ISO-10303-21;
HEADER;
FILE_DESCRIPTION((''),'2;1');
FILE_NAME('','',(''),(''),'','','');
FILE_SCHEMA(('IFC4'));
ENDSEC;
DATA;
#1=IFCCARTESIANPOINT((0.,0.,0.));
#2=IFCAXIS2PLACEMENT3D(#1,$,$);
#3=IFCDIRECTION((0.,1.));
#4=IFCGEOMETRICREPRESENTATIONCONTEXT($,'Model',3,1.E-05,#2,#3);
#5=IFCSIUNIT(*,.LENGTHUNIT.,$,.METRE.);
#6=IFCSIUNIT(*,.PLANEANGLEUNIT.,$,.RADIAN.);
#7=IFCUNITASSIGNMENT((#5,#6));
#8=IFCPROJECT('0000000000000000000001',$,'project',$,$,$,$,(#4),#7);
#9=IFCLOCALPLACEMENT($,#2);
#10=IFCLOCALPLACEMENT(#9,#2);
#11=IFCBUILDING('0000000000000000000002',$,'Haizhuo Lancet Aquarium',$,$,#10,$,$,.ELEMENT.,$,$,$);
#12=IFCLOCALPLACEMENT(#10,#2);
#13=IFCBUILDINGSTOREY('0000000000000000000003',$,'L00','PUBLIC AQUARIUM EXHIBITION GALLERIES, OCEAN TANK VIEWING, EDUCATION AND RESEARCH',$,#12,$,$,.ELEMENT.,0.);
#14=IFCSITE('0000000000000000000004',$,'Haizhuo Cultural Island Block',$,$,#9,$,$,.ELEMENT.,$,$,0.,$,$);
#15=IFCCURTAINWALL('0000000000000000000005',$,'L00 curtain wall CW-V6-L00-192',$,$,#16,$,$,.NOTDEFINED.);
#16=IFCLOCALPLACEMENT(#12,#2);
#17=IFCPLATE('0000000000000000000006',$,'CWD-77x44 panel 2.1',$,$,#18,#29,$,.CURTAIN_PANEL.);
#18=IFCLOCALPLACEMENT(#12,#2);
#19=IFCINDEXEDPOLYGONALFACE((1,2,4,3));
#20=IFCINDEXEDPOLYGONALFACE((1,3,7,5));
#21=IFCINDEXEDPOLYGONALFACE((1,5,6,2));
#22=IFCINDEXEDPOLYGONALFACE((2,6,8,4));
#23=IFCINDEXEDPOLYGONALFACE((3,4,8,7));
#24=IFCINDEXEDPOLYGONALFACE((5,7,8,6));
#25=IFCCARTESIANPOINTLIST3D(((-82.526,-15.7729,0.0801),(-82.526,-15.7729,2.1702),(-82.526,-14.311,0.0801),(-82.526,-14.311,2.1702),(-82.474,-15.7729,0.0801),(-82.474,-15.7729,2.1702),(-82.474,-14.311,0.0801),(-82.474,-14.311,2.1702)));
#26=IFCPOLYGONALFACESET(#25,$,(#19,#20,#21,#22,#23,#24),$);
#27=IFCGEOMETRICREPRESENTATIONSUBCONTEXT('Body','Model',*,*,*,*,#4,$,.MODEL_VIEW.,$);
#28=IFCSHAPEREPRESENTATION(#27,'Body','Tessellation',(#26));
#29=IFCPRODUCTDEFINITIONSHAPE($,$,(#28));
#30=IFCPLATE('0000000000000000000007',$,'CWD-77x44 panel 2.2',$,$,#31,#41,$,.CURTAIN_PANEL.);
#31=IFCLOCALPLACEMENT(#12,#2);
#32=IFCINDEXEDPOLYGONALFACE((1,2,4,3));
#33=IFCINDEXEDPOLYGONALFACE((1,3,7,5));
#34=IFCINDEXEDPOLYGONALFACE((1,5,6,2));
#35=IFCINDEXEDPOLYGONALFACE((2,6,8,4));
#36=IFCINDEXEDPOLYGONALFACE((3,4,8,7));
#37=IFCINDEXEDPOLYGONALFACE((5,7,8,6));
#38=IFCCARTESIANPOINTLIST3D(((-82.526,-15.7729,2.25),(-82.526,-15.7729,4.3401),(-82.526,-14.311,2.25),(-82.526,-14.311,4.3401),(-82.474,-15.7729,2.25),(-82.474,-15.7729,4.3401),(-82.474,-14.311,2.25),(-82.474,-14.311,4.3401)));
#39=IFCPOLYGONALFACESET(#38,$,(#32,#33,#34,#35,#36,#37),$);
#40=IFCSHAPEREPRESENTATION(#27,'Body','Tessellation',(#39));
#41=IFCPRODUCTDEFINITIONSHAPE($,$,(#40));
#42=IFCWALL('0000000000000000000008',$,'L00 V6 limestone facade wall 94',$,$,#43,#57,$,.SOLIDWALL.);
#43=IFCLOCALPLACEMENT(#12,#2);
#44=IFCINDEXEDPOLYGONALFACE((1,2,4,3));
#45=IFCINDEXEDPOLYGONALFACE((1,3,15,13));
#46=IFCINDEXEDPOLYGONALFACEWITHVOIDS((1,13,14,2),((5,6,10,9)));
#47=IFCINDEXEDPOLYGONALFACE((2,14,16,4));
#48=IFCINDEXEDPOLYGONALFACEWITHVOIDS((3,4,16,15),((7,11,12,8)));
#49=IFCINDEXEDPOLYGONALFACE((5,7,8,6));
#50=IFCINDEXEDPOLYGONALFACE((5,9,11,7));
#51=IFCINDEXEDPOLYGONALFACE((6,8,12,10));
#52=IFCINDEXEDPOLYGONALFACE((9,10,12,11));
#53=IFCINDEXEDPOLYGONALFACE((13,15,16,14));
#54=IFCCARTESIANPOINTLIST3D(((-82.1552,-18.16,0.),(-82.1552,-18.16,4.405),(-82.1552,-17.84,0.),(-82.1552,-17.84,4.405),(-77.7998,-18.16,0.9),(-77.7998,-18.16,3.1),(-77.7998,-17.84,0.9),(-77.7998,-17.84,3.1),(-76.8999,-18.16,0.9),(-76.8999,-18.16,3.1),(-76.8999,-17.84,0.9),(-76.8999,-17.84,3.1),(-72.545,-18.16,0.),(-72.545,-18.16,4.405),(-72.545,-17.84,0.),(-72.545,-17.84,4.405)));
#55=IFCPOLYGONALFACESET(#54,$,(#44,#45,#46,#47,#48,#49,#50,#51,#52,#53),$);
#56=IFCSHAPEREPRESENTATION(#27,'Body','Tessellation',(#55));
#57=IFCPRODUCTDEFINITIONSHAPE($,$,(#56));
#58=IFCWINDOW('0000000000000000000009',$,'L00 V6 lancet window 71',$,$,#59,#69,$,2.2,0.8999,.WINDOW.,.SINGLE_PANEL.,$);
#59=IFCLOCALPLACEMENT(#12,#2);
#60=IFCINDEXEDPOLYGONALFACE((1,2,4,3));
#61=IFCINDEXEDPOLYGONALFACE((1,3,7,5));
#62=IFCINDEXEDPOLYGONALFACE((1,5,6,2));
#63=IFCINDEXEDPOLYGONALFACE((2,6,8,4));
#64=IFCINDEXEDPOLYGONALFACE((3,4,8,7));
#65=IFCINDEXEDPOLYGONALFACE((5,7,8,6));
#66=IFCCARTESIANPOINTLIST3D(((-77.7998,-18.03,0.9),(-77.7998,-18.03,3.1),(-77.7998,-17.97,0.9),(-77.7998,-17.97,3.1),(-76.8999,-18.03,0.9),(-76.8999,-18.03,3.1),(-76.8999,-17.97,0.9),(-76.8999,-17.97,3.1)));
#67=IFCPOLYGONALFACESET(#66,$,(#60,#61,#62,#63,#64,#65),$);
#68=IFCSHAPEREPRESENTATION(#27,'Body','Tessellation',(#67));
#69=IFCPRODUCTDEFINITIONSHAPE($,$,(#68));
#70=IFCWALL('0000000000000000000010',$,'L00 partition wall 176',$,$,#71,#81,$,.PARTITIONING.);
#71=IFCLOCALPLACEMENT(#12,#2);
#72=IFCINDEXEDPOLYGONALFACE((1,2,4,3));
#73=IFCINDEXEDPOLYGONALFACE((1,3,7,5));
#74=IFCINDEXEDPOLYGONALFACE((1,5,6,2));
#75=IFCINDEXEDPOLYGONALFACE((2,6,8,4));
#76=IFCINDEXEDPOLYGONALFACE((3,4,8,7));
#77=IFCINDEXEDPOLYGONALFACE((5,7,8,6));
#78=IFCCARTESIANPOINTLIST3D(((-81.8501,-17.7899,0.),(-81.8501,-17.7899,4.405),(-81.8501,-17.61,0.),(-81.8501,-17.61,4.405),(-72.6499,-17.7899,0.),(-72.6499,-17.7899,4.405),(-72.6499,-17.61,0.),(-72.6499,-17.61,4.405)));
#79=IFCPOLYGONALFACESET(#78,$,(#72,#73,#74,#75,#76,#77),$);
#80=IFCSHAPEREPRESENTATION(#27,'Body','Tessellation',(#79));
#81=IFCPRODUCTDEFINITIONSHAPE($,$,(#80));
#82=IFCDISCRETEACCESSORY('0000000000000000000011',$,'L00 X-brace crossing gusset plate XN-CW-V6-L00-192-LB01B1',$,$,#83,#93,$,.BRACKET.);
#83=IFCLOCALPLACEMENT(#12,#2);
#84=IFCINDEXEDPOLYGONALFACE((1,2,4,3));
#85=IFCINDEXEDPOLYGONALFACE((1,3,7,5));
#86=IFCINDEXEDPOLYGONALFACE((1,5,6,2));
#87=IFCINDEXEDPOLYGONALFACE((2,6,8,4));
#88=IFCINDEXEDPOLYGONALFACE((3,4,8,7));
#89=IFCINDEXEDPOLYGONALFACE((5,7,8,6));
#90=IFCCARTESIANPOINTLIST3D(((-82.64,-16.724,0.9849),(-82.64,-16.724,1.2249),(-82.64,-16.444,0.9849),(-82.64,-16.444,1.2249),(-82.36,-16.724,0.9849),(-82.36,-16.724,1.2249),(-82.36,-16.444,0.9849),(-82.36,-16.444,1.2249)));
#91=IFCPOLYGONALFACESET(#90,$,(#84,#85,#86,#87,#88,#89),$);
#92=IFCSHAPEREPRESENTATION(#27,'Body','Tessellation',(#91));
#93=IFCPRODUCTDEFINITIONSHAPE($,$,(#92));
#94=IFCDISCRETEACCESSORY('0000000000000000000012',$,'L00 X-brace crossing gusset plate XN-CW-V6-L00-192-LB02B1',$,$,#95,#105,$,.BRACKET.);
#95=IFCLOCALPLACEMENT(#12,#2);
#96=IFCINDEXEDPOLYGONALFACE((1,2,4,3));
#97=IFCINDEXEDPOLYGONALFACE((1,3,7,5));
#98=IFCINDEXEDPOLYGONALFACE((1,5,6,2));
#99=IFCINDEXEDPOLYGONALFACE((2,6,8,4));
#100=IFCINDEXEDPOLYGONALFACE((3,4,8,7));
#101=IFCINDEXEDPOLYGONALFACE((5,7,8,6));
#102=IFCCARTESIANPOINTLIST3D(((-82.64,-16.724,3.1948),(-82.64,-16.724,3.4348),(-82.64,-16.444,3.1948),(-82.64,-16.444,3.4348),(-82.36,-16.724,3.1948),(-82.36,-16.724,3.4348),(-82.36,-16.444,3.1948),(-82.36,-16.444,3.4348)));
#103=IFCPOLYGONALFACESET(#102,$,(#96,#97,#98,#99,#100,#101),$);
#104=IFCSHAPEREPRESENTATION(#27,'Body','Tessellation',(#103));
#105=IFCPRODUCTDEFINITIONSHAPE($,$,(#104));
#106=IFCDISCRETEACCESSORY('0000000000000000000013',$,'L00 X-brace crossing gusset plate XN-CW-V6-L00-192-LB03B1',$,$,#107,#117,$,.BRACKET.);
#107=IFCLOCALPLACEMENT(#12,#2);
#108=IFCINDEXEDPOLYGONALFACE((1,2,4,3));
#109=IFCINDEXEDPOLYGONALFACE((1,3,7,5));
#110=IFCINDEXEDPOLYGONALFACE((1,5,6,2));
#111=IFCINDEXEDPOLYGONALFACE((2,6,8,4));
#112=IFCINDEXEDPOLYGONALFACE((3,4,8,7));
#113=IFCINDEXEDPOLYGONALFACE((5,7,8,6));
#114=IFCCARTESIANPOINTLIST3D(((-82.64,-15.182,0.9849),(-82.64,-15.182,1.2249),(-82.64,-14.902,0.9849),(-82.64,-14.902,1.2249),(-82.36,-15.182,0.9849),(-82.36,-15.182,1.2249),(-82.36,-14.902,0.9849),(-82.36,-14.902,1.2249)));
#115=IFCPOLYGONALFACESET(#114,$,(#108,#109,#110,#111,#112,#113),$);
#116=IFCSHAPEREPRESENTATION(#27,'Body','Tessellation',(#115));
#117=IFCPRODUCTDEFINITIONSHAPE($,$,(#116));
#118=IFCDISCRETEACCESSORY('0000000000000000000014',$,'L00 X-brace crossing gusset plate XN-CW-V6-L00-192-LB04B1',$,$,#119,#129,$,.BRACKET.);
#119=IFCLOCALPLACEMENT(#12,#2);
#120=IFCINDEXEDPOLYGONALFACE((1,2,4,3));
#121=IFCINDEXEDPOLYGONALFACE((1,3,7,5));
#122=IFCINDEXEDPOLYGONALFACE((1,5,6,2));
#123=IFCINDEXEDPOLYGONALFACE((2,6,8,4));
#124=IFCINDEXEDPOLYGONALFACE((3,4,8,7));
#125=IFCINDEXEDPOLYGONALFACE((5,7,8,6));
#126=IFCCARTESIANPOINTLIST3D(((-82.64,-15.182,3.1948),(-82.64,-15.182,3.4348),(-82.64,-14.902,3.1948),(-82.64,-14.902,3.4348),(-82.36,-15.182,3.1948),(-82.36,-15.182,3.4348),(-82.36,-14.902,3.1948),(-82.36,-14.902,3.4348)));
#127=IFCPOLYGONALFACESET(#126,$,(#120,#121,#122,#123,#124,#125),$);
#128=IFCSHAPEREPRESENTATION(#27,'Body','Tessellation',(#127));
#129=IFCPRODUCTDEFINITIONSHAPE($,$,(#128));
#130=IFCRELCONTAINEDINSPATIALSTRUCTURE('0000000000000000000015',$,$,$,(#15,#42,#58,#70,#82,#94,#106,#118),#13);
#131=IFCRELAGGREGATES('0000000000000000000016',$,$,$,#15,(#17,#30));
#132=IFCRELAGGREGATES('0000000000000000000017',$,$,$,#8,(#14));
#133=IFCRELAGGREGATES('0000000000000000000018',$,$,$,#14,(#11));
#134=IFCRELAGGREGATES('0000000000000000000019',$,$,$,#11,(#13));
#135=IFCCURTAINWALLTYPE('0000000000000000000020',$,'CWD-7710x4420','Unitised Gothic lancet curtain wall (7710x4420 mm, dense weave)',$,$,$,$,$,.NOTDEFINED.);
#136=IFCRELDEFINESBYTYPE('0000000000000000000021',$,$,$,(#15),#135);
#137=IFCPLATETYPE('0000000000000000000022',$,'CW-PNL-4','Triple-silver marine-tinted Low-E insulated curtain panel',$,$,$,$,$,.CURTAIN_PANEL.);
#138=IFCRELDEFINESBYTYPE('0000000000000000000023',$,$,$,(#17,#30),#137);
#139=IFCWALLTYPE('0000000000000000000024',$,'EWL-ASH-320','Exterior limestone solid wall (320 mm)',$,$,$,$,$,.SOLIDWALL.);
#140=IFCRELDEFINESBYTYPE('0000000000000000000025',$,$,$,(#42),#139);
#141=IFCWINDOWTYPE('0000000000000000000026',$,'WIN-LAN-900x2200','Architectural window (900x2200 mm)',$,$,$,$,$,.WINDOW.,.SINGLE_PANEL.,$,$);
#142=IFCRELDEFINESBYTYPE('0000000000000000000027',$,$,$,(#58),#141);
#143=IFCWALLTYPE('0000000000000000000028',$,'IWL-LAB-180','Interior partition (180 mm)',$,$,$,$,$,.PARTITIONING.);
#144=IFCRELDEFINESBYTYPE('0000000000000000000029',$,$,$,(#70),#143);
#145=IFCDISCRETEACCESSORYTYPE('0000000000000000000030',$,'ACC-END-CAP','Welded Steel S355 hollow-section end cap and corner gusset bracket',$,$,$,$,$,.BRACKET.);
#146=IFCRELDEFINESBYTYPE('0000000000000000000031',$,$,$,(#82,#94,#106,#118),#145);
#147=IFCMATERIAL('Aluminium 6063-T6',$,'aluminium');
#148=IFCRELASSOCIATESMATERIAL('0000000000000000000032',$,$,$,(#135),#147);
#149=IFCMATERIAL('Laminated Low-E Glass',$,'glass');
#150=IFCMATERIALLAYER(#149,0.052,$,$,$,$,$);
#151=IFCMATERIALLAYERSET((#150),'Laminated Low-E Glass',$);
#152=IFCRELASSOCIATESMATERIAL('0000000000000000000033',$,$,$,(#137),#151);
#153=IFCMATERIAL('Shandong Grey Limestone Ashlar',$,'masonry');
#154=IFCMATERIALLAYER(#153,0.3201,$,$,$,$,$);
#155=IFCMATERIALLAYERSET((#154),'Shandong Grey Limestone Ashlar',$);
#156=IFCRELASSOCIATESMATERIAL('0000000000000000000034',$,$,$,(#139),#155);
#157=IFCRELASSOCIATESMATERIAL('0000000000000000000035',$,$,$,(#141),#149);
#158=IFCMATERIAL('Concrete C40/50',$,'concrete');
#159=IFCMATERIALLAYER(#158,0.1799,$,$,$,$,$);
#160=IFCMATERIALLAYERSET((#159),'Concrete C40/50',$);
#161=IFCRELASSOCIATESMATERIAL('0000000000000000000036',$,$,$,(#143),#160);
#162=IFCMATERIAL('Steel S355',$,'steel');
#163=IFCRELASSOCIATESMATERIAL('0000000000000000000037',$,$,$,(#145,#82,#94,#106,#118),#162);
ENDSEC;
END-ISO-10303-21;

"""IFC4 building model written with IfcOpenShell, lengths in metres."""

from ifc_helpers import new_model, si_unit, direction, frame, frame_2d, origin, origin_2d, place, context, subcontext, project, spatial, rectangle, extrude, material, layer, layer_set, type_object, element, fill, aggregate, save


model = new_model("IFC4")

# Units and contexts
model_context = context("Model", 3, precision=1e-05, world=origin(), true_north=direction((0.0, 1.0)))
body_context = subcontext(model_context, "Body", "Model", "MODEL_VIEW")
ifc_project = project(units=[si_unit("LENGTHUNIT", "METRE"), si_unit("PLANEANGLEUNIT", "RADIAN")], contexts=[model_context])

# Site, building, storey
site_placement = place(None, origin())
site = spatial("IfcSite", under=ifc_project, at=site_placement, Name="Haizhuo Cultural Island Block", CompositionType="ELEMENT", RefElevation=0.0)
building_placement = place(site_placement, origin())
building = spatial("IfcBuilding", under=site, at=building_placement, Name="Haizhuo Lancet Aquarium", CompositionType="ELEMENT")
storey_placement = place(building_placement, origin())
storey = spatial("IfcBuildingStorey", under=building, at=storey_placement, Name="L00", Description="PUBLIC AQUARIUM EXHIBITION GALLERIES, OCEAN TANK VIEWING, EDUCATION AND RESEARCH", CompositionType="ELEMENT", Elevation=0.0)

# Shared definitions
ifc_material_1 = material(Name="Steel S355", Category="steel")

# Curtain wall
ifc_material_2 = material(Name="Aluminium 6063-T6", Category="aluminium")
curtain_wall_type = type_object("IfcCurtainWallType", Name="CWD-7710x4420", Description="Unitised Gothic lancet curtain wall (7710x4420 mm, dense weave)", PredefinedType="NOTDEFINED", material=ifc_material_2)
curtain_wall_placement = place(storey_placement, origin())
curtain_wall = element("IfcCurtainWall", 1, at=curtain_wall_placement, inside=storey, type_object=curtain_wall_type, Name="L00 curtain wall CW-V6-L00-192", PredefinedType="NOTDEFINED")

# Plates
ifc_material_3 = material(Name="Laminated Low-E Glass", Category="glass")
ifc_layer_1 = layer(ifc_material_3, 0.052)
ifc_layer_set_1 = layer_set([ifc_layer_1], Name="Laminated Low-E Glass")
plate_type = type_object("IfcPlateType", Name="CW-PNL-4", Description="Triple-silver marine-tinted Low-E insulated curtain panel", PredefinedType="CURTAIN_PANEL", material=ifc_layer_set_1)
plate_1_placement = place(storey_placement, frame((-82.5, -15.042, 0.0801), z_axis=(0.0, 0.0, 1.0), x_axis=(0.0, 1.0, 0.0)))
plate_1 = element("IfcPlate", 2, at=plate_1_placement, type_object=plate_type, Name="CWD-77x44 panel 2.1", PredefinedType="CURTAIN_PANEL", context=body_context, shape_type="SweptSolid", body=[
    extrude(rectangle(XDim=1.4619, YDim=0.052, at=origin_2d()), origin(), (0.0, 0.0, 1.0), 2.0901),
])
plate_2_placement = place(storey_placement, frame((-82.5, -15.042, 2.25), z_axis=(0.0, 0.0, 1.0), x_axis=(0.0, 1.0, 0.0)))
plate_2 = element("IfcPlate", 3, at=plate_2_placement, type_object=plate_type, Name="CWD-77x44 panel 2.2", PredefinedType="CURTAIN_PANEL", context=body_context, shape_type="SweptSolid", body=[
    extrude(rectangle(XDim=1.4619, YDim=0.052, at=origin_2d()), origin(), (0.0, 0.0, 1.0), 2.0901),
])
aggregate(curtain_wall, [plate_1, plate_2])

# Wall, opening, window
ifc_material_4 = material(Name="Shandong Grey Limestone Ashlar", Category="masonry")
ifc_layer_2 = layer(ifc_material_4, 0.3201)
ifc_layer_set_2 = layer_set([ifc_layer_2], Name="Shandong Grey Limestone Ashlar")
wall_type_1 = type_object("IfcWallType", Name="EWL-ASH-320", Description="Exterior limestone solid wall (320 mm)", PredefinedType="SOLIDWALL", material=ifc_layer_set_2)
wall_1_placement = place(storey_placement, frame((-72.5449, -18.0, 0.0), z_axis=(0.0, 0.0, 1.0), x_axis=(-1.0, 0.0, 0.0)))
wall_1 = element("IfcWall", 4, at=wall_1_placement, inside=storey, type_object=wall_type_1, Name="L00 V6 limestone facade wall 94", PredefinedType="SOLIDWALL", context=body_context, shape_type="SweptSolid", body=[
    extrude(rectangle(XDim=9.6101, YDim=0.3201, at=frame_2d((4.8052, 0.0))), origin(), (0.0, 0.0, 1.0), 4.405),
])
opening_placement = place(wall_1_placement, frame((4.355, 0.0, 0.8999)))
opening = element("IfcOpeningElement", 5, at=opening_placement, cuts=wall_1, PredefinedType="OPENING", context=body_context, shape_type="SweptSolid", body=[
    extrude(rectangle(XDim=0.8999, YDim=2.2, at=frame_2d((0.45, 1.1001))), frame((0.0, 0.1699, 0.0), z_axis=(0.0, -1.0, 0.0), x_axis=(1.0, 0.0, 0.0)), (0.0, 0.0, 1.0), 0.3401),
])
window_type = type_object("IfcWindowType", Name="WIN-LAN-900x2200", Description="Architectural window (900x2200 mm)", PartitioningType="SINGLE_PANEL", PredefinedType="WINDOW", material=ifc_material_3)
window_placement = place(opening_placement, origin())
window = element("IfcWindow", 6, at=window_placement, inside=storey, type_object=window_type, Name="L00 V6 lancet window 71", OverallHeight=2.2, OverallWidth=0.8999, PartitioningType="SINGLE_PANEL", PredefinedType="WINDOW", context=body_context, shape_type="SweptSolid", body=[
    extrude(rectangle(XDim=0.8999, YDim=2.2, at=frame_2d((0.45, 1.1001))), frame((0.0, 0.03, 0.0), z_axis=(0.0, -1.0, 0.0), x_axis=(1.0, 0.0, 0.0)), (0.0, 0.0, 1.0), 0.0601),
])
fill(opening, window)

# Wall
ifc_material_5 = material(Name="Concrete C40/50", Category="concrete")
ifc_layer_3 = layer(ifc_material_5, 0.1799)
ifc_layer_set_3 = layer_set([ifc_layer_3], Name="Concrete C40/50")
wall_type_2 = type_object("IfcWallType", Name="IWL-LAB-180", Description="Interior partition (180 mm)", PredefinedType="PARTITIONING", material=ifc_layer_set_3)
wall_2_placement = place(storey_placement, frame((-81.8501, -17.7, 0.0), z_axis=(0.0, 0.0, 1.0), x_axis=(1.0, 0.0, 0.0)))
element("IfcWall", 7, at=wall_2_placement, inside=storey, type_object=wall_type_2, Name="L00 partition wall 176", PredefinedType="PARTITIONING", context=body_context, shape_type="SweptSolid", body=[
    extrude(rectangle(XDim=9.2002, YDim=0.1799, at=frame_2d((4.6001, 0.0))), origin(), (0.0, 0.0, 1.0), 4.405),
])

# Discrete accessories
discrete_accessory_type = type_object("IfcDiscreteAccessoryType", Name="ACC-END-CAP", Description="Welded Steel S355 hollow-section end cap and corner gusset bracket", PredefinedType="BRACKET", material=ifc_material_1)
for number, where, z_axis, x_axis, name in (
    (8, (-82.5, -16.584, 0.9849), (0.0, 0.0, 1.0), (1.0, 0.0, 0.0), "L00 X-brace crossing gusset plate XN-CW-V6-L00-192-LB01B1"),
    (9, (-82.5, -16.584, 3.1948), (0.0, 0.0, 1.0), (1.0, 0.0, 0.0), "L00 X-brace crossing gusset plate XN-CW-V6-L00-192-LB02B1"),
    (10, (-82.5, -15.042, 0.9849), (0.0, 0.0, 1.0), (1.0, 0.0, 0.0), "L00 X-brace crossing gusset plate XN-CW-V6-L00-192-LB03B1"),
    (11, (-82.5, -15.042, 3.1948), (0.0, 0.0, 1.0), (1.0, 0.0, 0.0), "L00 X-brace crossing gusset plate XN-CW-V6-L00-192-LB04B1"),
):
    element("IfcDiscreteAccessory", number, at=place(storey_placement, frame(where, z_axis=z_axis, x_axis=x_axis)), inside=storey, type_object=discrete_accessory_type, material=ifc_material_1, Name=name, PredefinedType="BRACKET", context=body_context, shape_type="SweptSolid", body=[
        extrude(rectangle(XDim=0.28, YDim=0.28, at=origin_2d()), origin(), (0.0, 0.0, 1.0), 0.24),
    ])

save(model, "model.ifc")
